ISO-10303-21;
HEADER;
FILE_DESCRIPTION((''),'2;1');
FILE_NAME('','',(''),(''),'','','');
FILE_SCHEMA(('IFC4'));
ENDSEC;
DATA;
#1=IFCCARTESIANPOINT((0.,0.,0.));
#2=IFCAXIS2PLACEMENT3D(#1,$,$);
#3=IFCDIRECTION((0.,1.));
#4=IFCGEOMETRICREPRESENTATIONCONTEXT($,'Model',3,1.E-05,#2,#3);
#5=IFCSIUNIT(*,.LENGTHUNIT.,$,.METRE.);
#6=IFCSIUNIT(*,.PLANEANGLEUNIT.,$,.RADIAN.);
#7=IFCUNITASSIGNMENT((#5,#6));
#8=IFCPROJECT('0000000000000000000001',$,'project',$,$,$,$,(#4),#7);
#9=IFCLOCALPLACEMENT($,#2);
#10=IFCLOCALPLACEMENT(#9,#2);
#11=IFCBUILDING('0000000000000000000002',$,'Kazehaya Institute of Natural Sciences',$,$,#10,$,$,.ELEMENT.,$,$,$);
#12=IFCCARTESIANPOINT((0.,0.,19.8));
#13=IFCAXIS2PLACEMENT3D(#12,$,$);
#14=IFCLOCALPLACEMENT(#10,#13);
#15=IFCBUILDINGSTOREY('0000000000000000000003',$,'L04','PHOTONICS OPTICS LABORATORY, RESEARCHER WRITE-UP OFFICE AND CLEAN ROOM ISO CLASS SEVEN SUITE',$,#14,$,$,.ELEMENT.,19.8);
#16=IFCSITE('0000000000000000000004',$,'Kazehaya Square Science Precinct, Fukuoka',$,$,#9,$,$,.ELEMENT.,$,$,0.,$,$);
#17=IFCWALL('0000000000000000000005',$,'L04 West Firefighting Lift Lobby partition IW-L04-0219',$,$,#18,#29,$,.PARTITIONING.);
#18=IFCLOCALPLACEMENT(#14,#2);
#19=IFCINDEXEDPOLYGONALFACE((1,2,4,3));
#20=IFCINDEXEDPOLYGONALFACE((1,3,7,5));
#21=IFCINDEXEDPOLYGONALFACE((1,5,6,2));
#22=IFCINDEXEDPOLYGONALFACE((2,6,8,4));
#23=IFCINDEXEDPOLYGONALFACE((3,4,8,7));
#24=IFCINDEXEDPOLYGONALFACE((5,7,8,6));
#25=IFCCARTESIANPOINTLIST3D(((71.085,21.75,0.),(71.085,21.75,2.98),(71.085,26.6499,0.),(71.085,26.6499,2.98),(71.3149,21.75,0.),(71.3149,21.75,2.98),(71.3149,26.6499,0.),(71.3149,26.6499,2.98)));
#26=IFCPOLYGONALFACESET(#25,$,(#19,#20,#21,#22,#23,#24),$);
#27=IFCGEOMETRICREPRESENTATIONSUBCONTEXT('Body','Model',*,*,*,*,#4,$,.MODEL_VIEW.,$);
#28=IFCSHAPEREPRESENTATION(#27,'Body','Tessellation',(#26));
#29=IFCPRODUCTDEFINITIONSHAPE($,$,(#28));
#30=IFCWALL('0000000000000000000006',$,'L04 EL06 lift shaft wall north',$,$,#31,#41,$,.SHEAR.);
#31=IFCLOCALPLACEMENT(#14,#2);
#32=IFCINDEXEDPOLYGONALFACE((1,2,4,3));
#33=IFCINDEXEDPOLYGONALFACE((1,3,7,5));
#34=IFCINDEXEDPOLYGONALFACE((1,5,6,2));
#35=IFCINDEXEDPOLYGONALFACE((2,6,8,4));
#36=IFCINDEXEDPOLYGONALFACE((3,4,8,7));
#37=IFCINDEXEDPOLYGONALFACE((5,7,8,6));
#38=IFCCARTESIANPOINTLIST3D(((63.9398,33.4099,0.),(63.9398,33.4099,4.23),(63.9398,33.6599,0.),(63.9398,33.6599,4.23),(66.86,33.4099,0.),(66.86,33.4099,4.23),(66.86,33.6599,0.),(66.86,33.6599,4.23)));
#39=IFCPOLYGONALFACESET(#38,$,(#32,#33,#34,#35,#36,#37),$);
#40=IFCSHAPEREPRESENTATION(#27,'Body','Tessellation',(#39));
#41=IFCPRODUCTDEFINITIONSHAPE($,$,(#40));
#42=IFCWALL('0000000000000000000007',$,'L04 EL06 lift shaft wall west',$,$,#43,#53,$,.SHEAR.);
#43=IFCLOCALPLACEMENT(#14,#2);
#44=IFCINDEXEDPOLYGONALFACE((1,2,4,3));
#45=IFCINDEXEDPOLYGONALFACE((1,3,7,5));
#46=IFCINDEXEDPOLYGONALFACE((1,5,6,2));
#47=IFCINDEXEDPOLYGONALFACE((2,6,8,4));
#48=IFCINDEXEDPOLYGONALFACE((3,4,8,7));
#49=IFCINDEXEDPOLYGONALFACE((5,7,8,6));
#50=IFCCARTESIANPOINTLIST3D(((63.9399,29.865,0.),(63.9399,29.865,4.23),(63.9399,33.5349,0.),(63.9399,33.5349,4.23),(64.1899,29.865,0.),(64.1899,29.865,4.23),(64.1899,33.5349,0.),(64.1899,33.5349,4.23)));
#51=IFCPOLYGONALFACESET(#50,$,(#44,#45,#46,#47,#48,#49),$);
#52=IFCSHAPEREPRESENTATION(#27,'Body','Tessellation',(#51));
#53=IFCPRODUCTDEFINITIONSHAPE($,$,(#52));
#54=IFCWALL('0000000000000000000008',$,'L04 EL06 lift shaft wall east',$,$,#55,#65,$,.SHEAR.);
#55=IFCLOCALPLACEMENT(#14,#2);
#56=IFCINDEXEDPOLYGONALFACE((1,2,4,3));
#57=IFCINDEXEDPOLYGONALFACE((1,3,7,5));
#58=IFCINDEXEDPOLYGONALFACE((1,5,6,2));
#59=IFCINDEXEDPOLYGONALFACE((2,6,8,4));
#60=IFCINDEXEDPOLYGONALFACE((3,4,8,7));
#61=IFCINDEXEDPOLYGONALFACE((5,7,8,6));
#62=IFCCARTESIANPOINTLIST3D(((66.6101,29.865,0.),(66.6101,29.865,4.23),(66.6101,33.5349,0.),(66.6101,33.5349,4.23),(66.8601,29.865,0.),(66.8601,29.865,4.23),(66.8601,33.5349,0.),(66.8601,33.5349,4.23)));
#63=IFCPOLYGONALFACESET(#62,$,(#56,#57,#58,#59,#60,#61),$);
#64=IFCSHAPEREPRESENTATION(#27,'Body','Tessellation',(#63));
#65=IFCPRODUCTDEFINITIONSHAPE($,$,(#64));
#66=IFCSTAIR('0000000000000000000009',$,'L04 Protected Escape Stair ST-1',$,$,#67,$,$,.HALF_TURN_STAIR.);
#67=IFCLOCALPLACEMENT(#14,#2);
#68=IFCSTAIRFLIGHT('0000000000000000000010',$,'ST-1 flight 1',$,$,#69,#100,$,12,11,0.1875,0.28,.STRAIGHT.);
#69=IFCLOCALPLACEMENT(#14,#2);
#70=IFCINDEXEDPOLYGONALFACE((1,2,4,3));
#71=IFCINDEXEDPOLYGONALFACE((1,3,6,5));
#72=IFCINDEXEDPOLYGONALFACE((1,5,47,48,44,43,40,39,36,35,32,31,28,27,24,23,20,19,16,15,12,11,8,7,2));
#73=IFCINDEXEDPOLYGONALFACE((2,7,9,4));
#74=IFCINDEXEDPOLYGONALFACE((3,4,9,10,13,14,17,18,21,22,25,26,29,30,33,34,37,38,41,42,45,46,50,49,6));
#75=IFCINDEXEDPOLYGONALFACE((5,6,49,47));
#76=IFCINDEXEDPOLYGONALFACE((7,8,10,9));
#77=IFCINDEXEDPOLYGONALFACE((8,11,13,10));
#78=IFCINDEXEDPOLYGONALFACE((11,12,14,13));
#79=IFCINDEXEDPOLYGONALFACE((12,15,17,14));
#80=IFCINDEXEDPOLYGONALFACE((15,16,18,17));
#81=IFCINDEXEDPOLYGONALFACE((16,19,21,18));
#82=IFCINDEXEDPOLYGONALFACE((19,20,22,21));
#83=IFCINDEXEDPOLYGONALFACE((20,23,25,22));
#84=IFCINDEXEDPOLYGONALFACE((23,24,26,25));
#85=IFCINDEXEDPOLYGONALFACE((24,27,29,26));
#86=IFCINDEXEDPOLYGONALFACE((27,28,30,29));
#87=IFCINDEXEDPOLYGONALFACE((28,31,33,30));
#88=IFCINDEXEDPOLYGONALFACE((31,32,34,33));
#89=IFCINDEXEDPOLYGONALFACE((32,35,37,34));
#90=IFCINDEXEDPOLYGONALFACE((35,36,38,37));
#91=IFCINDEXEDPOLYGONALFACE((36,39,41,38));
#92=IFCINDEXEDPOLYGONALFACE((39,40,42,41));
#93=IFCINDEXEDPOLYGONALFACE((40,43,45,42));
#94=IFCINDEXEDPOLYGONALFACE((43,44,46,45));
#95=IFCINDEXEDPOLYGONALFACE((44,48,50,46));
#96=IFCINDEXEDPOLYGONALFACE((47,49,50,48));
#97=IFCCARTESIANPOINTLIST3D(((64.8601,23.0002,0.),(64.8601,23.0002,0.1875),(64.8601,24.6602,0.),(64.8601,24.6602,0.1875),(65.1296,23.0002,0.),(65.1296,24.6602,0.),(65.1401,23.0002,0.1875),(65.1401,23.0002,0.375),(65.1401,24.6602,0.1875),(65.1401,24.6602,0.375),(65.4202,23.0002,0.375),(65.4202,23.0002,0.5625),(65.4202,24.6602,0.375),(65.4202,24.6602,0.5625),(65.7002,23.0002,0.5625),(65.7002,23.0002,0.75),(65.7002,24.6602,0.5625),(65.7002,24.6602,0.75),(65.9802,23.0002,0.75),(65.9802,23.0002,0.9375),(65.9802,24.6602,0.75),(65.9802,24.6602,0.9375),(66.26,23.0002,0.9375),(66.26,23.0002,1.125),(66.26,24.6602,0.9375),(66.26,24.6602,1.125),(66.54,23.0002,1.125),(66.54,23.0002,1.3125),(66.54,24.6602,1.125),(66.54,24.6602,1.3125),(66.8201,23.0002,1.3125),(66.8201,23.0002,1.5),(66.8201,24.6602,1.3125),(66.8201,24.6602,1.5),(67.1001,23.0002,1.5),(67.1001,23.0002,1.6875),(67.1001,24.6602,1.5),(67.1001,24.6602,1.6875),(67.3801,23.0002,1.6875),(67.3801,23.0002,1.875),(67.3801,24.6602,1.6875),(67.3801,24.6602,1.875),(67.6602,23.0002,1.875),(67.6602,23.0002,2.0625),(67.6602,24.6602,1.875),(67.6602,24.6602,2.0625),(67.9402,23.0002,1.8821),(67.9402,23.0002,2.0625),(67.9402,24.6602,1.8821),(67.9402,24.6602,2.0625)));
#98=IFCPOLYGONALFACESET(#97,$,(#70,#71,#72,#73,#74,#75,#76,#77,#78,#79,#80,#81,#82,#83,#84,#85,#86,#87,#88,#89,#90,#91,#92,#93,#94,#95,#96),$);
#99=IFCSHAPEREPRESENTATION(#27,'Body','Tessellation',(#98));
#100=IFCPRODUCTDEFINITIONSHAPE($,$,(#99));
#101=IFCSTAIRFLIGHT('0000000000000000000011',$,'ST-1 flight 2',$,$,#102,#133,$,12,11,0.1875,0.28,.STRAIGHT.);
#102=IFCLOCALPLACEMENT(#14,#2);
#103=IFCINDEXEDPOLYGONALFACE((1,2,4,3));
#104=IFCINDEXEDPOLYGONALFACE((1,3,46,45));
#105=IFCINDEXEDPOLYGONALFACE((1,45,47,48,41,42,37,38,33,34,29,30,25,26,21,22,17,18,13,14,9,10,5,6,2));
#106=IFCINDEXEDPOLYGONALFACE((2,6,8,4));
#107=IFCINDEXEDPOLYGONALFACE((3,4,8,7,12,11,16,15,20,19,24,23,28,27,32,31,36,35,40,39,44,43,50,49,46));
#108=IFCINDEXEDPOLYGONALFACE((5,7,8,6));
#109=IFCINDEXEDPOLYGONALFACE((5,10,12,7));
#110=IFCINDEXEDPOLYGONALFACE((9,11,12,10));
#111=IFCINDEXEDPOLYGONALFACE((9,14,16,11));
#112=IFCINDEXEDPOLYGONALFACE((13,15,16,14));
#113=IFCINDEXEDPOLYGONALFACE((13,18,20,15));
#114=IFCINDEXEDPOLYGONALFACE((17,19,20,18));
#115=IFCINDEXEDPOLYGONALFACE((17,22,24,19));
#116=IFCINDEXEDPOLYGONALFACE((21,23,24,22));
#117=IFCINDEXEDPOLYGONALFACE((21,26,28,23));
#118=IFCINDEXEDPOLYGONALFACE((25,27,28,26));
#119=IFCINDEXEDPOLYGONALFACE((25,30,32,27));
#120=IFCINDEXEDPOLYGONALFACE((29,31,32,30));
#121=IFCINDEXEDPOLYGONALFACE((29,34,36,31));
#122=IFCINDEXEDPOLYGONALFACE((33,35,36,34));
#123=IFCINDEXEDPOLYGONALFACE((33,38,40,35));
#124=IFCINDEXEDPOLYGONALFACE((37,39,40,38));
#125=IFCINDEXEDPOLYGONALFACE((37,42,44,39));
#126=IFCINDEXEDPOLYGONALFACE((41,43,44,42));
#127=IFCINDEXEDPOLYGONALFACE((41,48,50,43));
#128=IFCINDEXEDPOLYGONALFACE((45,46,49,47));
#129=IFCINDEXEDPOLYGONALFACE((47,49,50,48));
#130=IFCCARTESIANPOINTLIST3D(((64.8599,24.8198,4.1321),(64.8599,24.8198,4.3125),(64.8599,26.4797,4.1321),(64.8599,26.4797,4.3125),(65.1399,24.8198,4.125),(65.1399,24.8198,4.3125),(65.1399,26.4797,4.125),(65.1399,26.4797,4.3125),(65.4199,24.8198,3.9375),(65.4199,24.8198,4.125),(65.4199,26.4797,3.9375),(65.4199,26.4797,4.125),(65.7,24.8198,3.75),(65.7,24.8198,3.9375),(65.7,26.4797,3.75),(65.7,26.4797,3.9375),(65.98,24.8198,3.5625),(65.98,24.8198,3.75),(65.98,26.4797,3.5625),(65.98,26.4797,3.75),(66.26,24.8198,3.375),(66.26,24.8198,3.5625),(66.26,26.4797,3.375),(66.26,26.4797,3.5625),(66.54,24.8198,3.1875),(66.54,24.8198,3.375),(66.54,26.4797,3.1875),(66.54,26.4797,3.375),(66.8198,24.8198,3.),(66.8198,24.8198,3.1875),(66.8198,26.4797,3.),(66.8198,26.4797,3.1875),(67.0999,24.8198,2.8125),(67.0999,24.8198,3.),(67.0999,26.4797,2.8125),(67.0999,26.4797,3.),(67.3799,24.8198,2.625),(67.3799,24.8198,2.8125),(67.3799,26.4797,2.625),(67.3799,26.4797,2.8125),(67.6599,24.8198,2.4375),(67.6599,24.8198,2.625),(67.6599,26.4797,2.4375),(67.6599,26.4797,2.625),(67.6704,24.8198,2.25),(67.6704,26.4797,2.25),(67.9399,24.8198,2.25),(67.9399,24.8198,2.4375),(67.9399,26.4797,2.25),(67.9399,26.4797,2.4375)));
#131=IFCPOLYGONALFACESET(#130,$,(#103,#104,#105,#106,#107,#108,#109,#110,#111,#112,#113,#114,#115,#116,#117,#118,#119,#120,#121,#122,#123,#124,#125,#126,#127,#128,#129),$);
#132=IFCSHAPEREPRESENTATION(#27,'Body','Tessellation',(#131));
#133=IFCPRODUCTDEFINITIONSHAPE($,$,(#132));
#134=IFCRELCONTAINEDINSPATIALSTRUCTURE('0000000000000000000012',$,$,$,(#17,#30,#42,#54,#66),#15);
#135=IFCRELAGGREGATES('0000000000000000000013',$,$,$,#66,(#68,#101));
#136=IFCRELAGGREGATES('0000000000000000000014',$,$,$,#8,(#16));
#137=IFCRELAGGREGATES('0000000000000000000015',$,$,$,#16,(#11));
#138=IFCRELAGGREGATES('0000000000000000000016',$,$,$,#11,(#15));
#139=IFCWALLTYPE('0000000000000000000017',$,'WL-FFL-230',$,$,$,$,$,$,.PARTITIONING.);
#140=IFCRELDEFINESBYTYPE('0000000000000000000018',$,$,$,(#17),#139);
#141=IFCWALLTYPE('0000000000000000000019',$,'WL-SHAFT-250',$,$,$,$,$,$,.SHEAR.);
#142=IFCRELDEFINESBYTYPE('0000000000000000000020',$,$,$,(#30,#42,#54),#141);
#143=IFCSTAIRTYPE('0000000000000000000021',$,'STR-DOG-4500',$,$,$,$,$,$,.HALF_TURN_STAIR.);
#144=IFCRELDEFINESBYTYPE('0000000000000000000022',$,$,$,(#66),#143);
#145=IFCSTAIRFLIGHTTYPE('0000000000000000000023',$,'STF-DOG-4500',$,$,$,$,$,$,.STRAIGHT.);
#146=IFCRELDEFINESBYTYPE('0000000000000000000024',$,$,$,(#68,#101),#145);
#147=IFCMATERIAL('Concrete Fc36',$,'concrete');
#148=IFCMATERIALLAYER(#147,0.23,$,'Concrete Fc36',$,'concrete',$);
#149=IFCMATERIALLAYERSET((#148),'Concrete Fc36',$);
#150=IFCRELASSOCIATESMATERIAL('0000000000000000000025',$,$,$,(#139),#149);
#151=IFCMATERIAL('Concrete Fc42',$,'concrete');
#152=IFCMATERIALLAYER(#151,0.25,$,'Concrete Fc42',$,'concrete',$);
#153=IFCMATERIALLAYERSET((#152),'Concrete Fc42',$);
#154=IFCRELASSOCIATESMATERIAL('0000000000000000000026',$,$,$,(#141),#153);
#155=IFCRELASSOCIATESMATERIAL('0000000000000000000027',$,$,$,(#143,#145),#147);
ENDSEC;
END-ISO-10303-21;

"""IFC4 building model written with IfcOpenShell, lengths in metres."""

from ifc_helpers import new_model, si_unit, direction, frame, frame_2d, origin, place, context, subcontext, project, spatial, polyline, rectangle, outline, extrude, material, layer, layer_set, type_object, element, aggregate, save


model = new_model("IFC4")

# Units and contexts
model_context = context("Model", 3, precision=1e-05, world=origin(), true_north=direction((0.0, 1.0)))
body_context = subcontext(model_context, "Body", "Model", "MODEL_VIEW")
ifc_project = project(units=[si_unit("LENGTHUNIT", "METRE"), si_unit("PLANEANGLEUNIT", "RADIAN")], contexts=[model_context])

# Site, building, storey
site_placement = place(None, origin())
site = spatial("IfcSite", under=ifc_project, at=site_placement, Name="Kazehaya Square Science Precinct, Fukuoka", CompositionType="ELEMENT", RefElevation=0.0)
building_placement = place(site_placement, origin())
building = spatial("IfcBuilding", under=site, at=building_placement, Name="Kazehaya Institute of Natural Sciences", CompositionType="ELEMENT")
storey_placement = place(building_placement, frame((0.0, 0.0, 19.8)))
storey = spatial("IfcBuildingStorey", under=building, at=storey_placement, Name="L04", Description="PHOTONICS OPTICS LABORATORY, RESEARCHER WRITE-UP OFFICE AND CLEAN ROOM ISO CLASS SEVEN SUITE", CompositionType="ELEMENT", Elevation=19.8)

# Shared definitions
ifc_material_1 = material(Name="Concrete Fc42", Category="concrete")

# Shared definitions
ifc_material_2 = material(Name="Concrete Fc36", Category="concrete")

# Wall
ifc_layer_1 = layer(ifc_material_2, 0.23, Name="Concrete Fc36", Category="concrete")
ifc_layer_set_1 = layer_set([ifc_layer_1], Name="Concrete Fc36")
wall_type_1 = type_object("IfcWallType", Name="WL-FFL-230", PredefinedType="PARTITIONING", material=ifc_layer_set_1)
wall_1_placement = place(storey_placement, frame((71.2, 21.75, 0.0), z_axis=(0.0, 0.0, 1.0), x_axis=(0.0, 1.0, 0.0)))
element("IfcWall", 1, at=wall_1_placement, inside=storey, type_object=wall_type_1, Name="L04 West Firefighting Lift Lobby partition IW-L04-0219", PredefinedType="PARTITIONING", context=body_context, shape_type="SweptSolid", body=[
    extrude(rectangle(XDim=4.8999, YDim=0.23, at=frame_2d((2.45, 0.0))), origin(), (0.0, 0.0, 1.0), 2.98),
])

# Shared definitions
ifc_layer_2 = layer(ifc_material_1, 0.25, Name="Concrete Fc42", Category="concrete")
ifc_layer_set_2 = layer_set([ifc_layer_2], Name="Concrete Fc42")
wall_type_2 = type_object("IfcWallType", Name="WL-SHAFT-250", PredefinedType="SHEAR", material=ifc_layer_set_2)

# Walls
wall_2_placement = place(storey_placement, frame((63.9399, 33.5349, 0.0), z_axis=(0.0, 0.0, 1.0), x_axis=(1.0, 0.0, 0.0)))
element("IfcWall", 2, at=wall_2_placement, inside=storey, type_object=wall_type_2, Name="L04 EL06 lift shaft wall north", PredefinedType="SHEAR", context=body_context, shape_type="SweptSolid", body=[
    extrude(rectangle(XDim=2.9202, YDim=0.25, at=frame_2d((1.46, 0.0))), origin(), (0.0, 0.0, 1.0), 4.23),
])
for number, where, z_axis, x_axis, name in (
    (3, (64.0649, 29.865, 0.0), (0.0, 0.0, 1.0), (0.0, 1.0, 0.0), "L04 EL06 lift shaft wall west"),
    (4, (66.7351, 33.5349, 0.0), (0.0, 0.0, 1.0), (0.0, -1.0, 0.0), "L04 EL06 lift shaft wall east"),
):
    element("IfcWall", number, at=place(storey_placement, frame(where, z_axis=z_axis, x_axis=x_axis)), inside=storey, type_object=wall_type_2, Name=name, PredefinedType="SHEAR", context=body_context, shape_type="SweptSolid", body=[
        extrude(rectangle(XDim=3.6699, YDim=0.25, at=frame_2d((1.835, 0.0))), origin(), (0.0, 0.0, 1.0), 4.23),
    ])

# Stair, stair flights
stair_type = type_object("IfcStairType", Name="STR-DOG-4500", PredefinedType="HALF_TURN_STAIR", material=ifc_material_2)
stair_placement = place(storey_placement, origin())
stair = element("IfcStair", 5, at=stair_placement, inside=storey, type_object=stair_type, Name="L04 Protected Escape Stair ST-1", PredefinedType="HALF_TURN_STAIR")
stair_flight_type = type_object("IfcStairFlightType", Name="STF-DOG-4500", PredefinedType="STRAIGHT", material=ifc_material_2)
stair_flight_1_placement = place(storey_placement, frame((64.8601, 23.8301, 0.0), z_axis=(0.0, 0.0, 1.0), x_axis=(1.0, 0.0, 0.0)))
stair_flight_1 = element("IfcStairFlight", 6, at=stair_flight_1_placement, type_object=stair_flight_type, Name="ST-1 flight 1", NumberOfRisers=12, NumberOfTreads=11, PredefinedType="STRAIGHT", RiserHeight=0.1875, TreadLength=0.28, context=body_context, shape_type="SweptSolid", body=[
    extrude(outline(polyline([(0.0, 0.0), (0.0, 0.1875), (0.28, 0.1875), (0.28, 0.375), (0.5601, 0.375), (0.5601, 0.5625), (0.8401, 0.5625), (0.8401, 0.75), (1.1201, 0.75), (1.1201, 0.9375), (1.3999, 0.9375), (1.3999, 1.125), (1.6799, 1.125), (1.6799, 1.3125), (1.96, 1.3125), (1.96, 1.5), (2.24, 1.5), (2.24, 1.6875), (2.52, 1.6875), (2.52, 1.875), (2.8, 1.875), (2.8, 2.0625), (3.0801, 2.0625), (3.0801, 2.25), (3.0801, 1.8821), (0.2695, 0.0), (0.0, 0.0)])), frame((0.0, 0.8301, 0.0), z_axis=(0.0, -1.0, 0.0), x_axis=(1.0, 0.0, 0.0)), (0.0, 0.0, 1.0), 1.6599),
])
stair_flight_2_placement = place(storey_placement, frame((67.9399, 25.6499, 2.25), z_axis=(0.0, 0.0, 1.0), x_axis=(-1.0, 0.0, 0.0)))
stair_flight_2 = element("IfcStairFlight", 7, at=stair_flight_2_placement, type_object=stair_flight_type, Name="ST-1 flight 2", NumberOfRisers=12, NumberOfTreads=11, PredefinedType="STRAIGHT", RiserHeight=0.1875, TreadLength=0.28, context=body_context, shape_type="SweptSolid", body=[
    extrude(outline(polyline([(0.0, 0.0), (0.0, 0.1875), (0.28, 0.1875), (0.28, 0.375), (0.5601, 0.375), (0.5601, 0.5625), (0.8401, 0.5625), (0.8401, 0.75), (1.1201, 0.75), (1.1201, 0.9375), (1.3999, 0.9375), (1.3999, 1.125), (1.6799, 1.125), (1.6799, 1.3125), (1.96, 1.3125), (1.96, 1.5), (2.24, 1.5), (2.24, 1.6875), (2.52, 1.6875), (2.52, 1.875), (2.8, 1.875), (2.8, 2.0625), (3.0801, 2.0625), (3.0801, 2.25), (3.0801, 1.8821), (0.2695, 0.0), (0.0, 0.0)])), frame((0.0, 0.8301, 0.0), z_axis=(0.0, -1.0, 0.0), x_axis=(1.0, 0.0, 0.0)), (0.0, 0.0, 1.0), 1.6599),
])
aggregate(stair, [stair_flight_1, stair_flight_2])

save(model, "model.ifc")
